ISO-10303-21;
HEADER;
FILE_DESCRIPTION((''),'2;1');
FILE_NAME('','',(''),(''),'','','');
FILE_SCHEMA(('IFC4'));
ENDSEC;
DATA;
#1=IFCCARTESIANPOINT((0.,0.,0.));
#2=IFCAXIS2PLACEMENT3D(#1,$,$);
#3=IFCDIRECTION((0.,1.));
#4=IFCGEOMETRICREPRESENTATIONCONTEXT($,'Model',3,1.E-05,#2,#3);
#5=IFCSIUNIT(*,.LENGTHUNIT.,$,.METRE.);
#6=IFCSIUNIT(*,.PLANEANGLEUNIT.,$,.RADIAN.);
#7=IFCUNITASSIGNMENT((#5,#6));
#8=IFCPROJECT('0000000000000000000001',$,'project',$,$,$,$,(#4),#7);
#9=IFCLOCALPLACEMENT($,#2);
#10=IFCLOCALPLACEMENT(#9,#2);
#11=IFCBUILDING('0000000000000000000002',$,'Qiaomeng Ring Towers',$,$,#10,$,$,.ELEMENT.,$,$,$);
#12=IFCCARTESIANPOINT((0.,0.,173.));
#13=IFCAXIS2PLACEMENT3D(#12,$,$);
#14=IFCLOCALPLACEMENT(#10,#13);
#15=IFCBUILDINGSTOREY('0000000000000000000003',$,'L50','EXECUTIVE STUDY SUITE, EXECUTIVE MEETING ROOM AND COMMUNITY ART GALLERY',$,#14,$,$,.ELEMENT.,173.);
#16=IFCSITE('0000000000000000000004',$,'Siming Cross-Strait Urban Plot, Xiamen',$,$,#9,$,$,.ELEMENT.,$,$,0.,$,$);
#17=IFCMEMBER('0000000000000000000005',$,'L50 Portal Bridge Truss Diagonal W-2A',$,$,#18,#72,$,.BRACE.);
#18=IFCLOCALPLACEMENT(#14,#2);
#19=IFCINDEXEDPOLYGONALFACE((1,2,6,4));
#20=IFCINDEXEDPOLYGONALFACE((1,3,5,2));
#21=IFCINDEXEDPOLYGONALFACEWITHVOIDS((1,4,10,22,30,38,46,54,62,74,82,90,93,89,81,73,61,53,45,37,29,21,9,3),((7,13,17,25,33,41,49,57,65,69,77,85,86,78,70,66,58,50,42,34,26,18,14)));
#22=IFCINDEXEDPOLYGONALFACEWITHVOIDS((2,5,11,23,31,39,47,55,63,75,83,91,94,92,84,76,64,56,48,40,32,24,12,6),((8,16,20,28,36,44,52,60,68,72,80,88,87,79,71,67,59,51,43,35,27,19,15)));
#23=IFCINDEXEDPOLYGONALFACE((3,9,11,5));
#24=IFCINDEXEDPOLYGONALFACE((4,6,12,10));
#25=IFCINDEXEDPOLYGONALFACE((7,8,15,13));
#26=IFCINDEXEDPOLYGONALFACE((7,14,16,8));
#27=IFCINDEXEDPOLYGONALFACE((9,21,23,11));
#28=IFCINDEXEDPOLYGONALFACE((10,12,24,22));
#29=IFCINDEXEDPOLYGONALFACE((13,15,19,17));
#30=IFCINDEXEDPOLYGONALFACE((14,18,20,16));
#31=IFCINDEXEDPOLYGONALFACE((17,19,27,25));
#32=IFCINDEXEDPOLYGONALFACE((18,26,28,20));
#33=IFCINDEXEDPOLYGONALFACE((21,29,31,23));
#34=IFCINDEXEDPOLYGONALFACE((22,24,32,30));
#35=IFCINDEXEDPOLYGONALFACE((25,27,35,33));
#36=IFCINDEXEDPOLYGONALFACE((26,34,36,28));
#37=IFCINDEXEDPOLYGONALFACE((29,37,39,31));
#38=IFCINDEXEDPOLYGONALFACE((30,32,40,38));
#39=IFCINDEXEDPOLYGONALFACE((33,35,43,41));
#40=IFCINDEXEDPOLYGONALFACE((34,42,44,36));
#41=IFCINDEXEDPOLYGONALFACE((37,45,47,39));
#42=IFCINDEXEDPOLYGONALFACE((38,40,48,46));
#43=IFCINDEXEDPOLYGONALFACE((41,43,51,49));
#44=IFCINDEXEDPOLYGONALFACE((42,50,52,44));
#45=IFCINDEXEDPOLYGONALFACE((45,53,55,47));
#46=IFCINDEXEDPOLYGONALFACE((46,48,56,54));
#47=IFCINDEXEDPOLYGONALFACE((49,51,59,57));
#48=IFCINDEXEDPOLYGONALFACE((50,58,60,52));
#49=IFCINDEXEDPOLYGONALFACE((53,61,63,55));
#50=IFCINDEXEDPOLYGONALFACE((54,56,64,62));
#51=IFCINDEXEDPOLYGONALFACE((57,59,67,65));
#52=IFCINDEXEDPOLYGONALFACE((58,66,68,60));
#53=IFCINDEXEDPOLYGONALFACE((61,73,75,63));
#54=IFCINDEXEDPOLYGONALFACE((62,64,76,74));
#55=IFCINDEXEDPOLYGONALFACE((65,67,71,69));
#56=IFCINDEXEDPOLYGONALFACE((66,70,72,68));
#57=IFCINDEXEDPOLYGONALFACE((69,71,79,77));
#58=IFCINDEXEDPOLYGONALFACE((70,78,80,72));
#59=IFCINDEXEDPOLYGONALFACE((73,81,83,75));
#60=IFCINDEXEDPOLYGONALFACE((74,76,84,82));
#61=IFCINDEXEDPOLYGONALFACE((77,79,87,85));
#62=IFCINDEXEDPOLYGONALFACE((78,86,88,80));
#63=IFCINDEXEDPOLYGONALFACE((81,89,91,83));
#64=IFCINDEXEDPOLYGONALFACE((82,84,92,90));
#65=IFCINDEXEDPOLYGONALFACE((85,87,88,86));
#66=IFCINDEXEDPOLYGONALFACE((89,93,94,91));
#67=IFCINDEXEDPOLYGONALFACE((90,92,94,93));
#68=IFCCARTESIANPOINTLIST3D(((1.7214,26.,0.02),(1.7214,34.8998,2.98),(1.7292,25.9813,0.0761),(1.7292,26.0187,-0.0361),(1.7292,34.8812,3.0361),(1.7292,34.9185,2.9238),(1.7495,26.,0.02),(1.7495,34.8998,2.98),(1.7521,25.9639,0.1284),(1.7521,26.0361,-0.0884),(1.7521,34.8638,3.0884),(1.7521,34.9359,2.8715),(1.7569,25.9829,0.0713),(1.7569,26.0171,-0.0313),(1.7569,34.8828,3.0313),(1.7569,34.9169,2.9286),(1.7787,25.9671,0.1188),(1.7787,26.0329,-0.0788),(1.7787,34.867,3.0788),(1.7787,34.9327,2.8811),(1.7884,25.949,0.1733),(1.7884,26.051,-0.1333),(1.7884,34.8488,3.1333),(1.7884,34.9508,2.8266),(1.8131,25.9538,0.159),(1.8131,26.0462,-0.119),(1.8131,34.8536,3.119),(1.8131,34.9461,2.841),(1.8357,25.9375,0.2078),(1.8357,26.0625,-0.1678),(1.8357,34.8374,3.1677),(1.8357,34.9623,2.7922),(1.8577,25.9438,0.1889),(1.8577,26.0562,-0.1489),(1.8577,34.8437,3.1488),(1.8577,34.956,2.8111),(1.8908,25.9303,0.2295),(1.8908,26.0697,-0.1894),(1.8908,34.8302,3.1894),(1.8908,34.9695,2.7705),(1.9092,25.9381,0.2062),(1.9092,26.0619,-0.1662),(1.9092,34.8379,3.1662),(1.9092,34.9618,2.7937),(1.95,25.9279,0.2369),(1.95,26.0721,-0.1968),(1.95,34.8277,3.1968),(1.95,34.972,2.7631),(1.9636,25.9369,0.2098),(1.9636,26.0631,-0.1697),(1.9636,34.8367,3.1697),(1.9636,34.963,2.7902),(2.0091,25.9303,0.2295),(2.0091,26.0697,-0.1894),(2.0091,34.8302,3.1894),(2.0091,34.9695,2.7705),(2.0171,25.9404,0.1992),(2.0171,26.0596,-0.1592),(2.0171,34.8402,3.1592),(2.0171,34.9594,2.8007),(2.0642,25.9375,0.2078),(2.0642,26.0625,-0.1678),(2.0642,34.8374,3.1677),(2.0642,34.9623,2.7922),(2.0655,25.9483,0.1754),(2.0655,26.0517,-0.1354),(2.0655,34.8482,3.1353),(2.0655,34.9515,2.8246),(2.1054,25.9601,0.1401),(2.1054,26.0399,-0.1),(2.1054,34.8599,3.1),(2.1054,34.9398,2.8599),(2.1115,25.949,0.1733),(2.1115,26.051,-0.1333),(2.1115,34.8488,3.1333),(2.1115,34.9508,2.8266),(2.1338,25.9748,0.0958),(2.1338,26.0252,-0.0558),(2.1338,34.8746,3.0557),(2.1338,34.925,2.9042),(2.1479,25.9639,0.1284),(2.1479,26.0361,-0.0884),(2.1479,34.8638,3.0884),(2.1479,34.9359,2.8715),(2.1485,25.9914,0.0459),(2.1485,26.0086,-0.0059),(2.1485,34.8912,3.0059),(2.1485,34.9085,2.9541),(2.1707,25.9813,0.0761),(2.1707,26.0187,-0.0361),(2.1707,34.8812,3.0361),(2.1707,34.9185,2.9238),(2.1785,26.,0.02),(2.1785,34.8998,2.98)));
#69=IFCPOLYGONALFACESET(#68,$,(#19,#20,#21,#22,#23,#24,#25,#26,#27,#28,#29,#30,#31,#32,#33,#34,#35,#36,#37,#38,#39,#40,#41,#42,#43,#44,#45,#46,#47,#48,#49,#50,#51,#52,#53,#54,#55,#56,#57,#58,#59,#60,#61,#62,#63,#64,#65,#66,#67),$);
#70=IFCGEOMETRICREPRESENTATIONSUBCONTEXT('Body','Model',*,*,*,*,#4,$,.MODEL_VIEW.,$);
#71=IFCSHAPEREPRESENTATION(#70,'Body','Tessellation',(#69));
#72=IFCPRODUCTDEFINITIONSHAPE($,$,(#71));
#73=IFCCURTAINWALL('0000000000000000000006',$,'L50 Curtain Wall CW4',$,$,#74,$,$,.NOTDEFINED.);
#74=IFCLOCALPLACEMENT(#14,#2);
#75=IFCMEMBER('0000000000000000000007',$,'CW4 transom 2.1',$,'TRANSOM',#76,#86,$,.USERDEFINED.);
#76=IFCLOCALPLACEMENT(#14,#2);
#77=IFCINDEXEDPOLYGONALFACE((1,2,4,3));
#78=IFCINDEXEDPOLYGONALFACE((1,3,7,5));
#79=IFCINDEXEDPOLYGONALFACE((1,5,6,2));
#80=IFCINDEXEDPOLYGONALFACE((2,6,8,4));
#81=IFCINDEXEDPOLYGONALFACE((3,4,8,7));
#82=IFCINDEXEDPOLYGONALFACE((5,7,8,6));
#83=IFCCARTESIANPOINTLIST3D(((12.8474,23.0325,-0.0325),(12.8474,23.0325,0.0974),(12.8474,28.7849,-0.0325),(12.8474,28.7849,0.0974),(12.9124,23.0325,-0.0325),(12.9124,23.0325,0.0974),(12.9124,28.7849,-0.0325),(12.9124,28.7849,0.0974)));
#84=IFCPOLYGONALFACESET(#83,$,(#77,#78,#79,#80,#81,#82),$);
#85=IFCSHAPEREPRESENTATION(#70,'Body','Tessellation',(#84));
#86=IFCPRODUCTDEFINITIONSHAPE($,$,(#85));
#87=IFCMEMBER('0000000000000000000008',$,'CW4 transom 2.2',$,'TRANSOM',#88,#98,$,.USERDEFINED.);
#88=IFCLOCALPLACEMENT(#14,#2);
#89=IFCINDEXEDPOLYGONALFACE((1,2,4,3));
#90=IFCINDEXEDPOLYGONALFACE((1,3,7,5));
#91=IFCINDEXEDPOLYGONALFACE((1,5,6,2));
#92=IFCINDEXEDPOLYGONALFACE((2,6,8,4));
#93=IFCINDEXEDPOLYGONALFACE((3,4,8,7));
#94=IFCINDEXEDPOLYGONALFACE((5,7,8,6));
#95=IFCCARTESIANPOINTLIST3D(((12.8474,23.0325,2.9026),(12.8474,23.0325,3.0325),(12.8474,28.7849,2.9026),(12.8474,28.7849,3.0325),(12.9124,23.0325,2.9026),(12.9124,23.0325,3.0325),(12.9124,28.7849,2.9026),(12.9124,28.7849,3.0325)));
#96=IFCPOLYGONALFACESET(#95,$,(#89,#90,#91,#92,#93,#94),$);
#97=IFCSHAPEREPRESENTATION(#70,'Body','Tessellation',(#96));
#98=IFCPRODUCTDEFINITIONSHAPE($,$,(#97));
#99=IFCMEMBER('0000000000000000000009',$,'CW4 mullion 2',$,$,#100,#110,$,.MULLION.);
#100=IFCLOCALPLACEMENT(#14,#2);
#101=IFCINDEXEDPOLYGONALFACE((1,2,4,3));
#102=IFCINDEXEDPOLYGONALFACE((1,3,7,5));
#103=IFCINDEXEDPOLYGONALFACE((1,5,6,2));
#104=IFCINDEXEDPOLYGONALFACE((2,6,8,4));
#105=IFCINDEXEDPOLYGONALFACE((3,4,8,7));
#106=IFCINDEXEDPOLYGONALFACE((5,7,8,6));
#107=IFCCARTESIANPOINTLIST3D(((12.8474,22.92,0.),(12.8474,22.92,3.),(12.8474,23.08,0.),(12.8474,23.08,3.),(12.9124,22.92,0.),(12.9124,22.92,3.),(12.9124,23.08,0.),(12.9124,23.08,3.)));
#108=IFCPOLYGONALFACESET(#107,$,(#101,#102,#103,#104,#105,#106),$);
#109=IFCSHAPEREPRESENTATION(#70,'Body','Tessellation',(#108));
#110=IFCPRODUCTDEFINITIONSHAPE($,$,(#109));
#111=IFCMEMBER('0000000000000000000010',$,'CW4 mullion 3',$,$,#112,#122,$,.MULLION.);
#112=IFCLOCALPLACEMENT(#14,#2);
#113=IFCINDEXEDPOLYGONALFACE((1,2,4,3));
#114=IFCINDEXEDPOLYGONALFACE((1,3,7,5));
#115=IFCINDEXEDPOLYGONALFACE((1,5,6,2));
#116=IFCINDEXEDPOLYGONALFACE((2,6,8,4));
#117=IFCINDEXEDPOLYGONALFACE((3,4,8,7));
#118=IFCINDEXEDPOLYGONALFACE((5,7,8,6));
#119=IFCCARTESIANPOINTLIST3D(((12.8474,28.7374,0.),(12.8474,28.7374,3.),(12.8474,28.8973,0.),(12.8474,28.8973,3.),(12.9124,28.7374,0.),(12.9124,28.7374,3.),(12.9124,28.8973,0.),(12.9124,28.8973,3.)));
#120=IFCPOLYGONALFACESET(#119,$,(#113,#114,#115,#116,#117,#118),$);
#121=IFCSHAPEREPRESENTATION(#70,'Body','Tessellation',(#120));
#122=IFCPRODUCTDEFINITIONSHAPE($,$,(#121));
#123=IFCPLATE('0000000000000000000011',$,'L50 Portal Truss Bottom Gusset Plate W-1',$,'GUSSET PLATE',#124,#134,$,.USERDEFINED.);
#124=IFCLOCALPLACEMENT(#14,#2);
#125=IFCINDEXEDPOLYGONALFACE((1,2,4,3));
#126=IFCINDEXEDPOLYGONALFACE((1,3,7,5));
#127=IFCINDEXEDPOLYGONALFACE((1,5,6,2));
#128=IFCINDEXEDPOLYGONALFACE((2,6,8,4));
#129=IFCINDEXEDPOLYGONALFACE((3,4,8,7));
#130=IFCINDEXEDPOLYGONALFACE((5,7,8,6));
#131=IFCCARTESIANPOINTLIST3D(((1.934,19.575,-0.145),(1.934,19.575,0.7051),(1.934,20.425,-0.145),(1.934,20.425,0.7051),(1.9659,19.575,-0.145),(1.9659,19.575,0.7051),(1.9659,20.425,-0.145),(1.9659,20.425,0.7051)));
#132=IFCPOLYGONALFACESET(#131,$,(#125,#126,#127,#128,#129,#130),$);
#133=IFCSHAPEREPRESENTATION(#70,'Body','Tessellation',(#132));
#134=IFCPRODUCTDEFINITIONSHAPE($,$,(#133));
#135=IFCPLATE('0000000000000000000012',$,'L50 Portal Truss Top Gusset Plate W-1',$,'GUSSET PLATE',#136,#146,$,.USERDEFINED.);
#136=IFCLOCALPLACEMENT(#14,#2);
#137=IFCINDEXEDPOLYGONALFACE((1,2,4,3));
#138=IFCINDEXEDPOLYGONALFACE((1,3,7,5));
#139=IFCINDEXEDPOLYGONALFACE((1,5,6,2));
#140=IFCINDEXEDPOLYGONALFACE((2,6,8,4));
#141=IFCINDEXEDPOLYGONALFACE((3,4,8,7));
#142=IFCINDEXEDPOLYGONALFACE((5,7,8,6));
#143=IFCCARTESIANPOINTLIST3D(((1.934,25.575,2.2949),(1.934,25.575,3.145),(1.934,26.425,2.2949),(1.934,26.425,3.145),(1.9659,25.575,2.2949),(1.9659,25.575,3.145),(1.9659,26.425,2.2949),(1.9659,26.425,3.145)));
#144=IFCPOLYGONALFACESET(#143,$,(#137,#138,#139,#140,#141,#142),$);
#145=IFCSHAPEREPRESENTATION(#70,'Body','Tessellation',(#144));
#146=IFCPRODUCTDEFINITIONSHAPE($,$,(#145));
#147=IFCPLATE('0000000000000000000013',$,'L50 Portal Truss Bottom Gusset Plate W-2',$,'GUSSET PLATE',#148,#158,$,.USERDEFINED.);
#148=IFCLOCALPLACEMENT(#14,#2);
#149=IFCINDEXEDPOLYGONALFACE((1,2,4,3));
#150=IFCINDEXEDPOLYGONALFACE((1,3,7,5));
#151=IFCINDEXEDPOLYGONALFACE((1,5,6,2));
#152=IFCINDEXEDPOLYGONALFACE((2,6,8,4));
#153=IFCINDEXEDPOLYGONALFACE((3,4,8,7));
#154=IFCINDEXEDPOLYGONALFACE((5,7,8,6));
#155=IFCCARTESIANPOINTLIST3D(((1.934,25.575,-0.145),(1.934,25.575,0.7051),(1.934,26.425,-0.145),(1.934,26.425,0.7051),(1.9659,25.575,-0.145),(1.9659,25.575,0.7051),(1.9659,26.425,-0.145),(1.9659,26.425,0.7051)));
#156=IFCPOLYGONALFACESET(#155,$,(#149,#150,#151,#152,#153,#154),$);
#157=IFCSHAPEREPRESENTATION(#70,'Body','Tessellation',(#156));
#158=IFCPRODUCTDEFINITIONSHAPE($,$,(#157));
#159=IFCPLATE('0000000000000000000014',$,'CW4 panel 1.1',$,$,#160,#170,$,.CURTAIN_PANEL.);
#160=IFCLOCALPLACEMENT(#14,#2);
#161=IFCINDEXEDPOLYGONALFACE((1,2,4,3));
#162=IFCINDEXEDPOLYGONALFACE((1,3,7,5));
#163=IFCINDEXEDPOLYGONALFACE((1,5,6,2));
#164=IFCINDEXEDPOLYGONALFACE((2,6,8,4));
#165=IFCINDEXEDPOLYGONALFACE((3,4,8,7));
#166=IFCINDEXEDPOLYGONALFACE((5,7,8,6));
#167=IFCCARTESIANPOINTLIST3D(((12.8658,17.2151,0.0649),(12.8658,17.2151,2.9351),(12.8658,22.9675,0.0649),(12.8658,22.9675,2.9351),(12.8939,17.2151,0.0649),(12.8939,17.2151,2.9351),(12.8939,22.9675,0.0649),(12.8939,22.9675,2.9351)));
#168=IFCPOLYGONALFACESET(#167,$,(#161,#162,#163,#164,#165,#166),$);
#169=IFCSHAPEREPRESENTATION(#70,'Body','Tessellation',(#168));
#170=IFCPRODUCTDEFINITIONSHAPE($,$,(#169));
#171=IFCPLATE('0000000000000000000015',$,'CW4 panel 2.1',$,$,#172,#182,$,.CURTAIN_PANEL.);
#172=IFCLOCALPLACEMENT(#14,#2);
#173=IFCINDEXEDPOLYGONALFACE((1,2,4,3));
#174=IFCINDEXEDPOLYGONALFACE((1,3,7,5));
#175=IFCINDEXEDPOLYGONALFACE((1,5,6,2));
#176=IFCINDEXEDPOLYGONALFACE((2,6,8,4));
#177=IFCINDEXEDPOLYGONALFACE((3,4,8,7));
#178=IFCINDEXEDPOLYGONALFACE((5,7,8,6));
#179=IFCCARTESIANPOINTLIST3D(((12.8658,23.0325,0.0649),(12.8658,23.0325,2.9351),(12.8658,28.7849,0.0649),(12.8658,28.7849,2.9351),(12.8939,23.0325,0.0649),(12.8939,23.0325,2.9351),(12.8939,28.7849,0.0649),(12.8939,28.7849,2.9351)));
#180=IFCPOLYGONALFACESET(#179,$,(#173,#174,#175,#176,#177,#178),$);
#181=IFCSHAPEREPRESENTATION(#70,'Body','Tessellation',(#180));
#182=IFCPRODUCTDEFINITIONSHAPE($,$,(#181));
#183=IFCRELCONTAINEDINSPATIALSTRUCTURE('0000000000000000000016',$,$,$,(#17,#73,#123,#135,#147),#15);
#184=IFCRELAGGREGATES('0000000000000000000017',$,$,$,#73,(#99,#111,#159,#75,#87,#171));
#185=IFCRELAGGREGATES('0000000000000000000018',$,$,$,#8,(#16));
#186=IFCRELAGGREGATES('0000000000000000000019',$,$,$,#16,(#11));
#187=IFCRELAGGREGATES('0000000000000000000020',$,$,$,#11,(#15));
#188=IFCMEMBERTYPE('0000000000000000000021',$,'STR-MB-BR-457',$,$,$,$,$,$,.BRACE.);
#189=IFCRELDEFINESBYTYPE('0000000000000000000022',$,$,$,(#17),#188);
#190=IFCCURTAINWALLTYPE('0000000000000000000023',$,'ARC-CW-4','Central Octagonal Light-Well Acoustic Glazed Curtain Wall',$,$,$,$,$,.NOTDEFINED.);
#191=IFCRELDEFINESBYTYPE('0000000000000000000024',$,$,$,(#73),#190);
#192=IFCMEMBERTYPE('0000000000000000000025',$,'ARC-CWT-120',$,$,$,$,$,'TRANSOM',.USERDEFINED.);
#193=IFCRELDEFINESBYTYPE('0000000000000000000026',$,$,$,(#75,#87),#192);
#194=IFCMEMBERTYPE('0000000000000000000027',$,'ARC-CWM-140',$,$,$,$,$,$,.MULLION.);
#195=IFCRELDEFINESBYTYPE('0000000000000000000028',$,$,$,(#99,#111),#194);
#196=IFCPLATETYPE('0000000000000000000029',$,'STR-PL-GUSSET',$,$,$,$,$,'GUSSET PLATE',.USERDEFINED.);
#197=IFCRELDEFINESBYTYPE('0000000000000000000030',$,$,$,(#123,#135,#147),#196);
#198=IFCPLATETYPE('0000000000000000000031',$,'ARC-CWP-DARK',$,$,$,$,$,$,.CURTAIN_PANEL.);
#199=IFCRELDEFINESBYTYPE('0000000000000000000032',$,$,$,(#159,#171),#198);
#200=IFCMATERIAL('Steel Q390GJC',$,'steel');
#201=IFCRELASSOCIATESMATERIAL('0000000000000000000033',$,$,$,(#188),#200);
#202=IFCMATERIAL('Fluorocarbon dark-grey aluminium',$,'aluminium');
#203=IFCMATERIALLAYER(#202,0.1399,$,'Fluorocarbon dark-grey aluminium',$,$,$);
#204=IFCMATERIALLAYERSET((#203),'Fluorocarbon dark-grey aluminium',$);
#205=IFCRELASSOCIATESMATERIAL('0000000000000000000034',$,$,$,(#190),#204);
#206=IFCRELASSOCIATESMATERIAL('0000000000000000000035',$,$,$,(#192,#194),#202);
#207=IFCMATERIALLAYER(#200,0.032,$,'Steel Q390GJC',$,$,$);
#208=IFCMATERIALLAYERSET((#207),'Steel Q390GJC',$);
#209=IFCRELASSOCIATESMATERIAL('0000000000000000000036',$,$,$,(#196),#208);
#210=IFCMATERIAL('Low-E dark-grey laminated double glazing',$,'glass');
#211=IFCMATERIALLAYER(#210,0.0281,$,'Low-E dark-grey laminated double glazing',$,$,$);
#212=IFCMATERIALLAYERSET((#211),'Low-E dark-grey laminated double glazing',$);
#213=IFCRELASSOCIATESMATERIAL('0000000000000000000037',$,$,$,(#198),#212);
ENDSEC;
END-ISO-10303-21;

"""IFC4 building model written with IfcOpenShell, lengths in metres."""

from ifc_helpers import new_model, si_unit, direction, frame, origin, origin_2d, place, context, subcontext, project, spatial, rectangle, hollow_circle, extrude, source, transform, mapped, material, layer, layer_set, material_profile, profile_set, type_object, element, aggregate, save


model = new_model("IFC4")

# Units and contexts
model_context = context("Model", 3, precision=1e-05, world=origin(), true_north=direction((0.0, 1.0)))
body_context = subcontext(model_context, "Body", "Model", "MODEL_VIEW")
ifc_project = project(units=[si_unit("LENGTHUNIT", "METRE"), si_unit("PLANEANGLEUNIT", "RADIAN")], contexts=[model_context])

# Site, building, storey
site_placement = place(None, origin())
site = spatial("IfcSite", under=ifc_project, at=site_placement, Name="Siming Cross-Strait Urban Plot, Xiamen", CompositionType="ELEMENT", RefElevation=0.0)
building_placement = place(site_placement, origin())
building = spatial("IfcBuilding", under=site, at=building_placement, Name="Qiaomeng Ring Towers", CompositionType="ELEMENT")
storey_placement = place(building_placement, frame((0.0, 0.0, 173.0)))
storey = spatial("IfcBuildingStorey", under=building, at=storey_placement, Name="L50", Description="EXECUTIVE STUDY SUITE, EXECUTIVE MEETING ROOM AND COMMUNITY ART GALLERY", CompositionType="ELEMENT", Elevation=173.0)

# Member
ifc_material_1 = material(Name="Steel Q390GJC", Category="steel")
ifc_material_profile_1 = material_profile(ifc_material_1, hollow_circle(Radius=0.2285, WallThickness=0.0281, at=origin_2d()), Name="CHS 457x28")
ifc_profile_set_1 = profile_set([ifc_material_profile_1], Name="Steel Q390GJC")
member_type_1 = type_object("IfcMemberType", Name="STR-MB-BR-457", PredefinedType="BRACE", material=ifc_profile_set_1)
shared_shape_1 = source(origin(), body_context, "Body", "SweptSolid", [
    extrude(hollow_circle(Radius=0.2285, WallThickness=0.0281, at=origin_2d()), origin(), (0.0, 0.0, 1.0), 9.3792),
])
member_1_placement = place(storey_placement, frame((1.95, 26.0, 0.02), z_axis=(0.0, 0.948897, 0.315587), x_axis=(-1.0, 0.0, 0.0)))
element("IfcMember", 1, at=member_1_placement, inside=storey, type_object=member_type_1, Name="L50 Portal Bridge Truss Diagonal W-2A", PredefinedType="BRACE", context=body_context, shape_type="MappedRepresentation", body=[
    mapped(shared_shape_1, transform((0.0, 0.0, 0.0), x_axis=(1.0, 0.0, 0.0), y_axis=(0.0, 1.0, 0.0), z_axis=(0.0, 0.0, 1.0), scale=1.0)),
])

# Curtain wall, members
ifc_material_2 = material(Name="Fluorocarbon dark-grey aluminium", Category="aluminium")
ifc_layer_1 = layer(ifc_material_2, 0.1399, Name="Fluorocarbon dark-grey aluminium")
ifc_layer_set_1 = layer_set([ifc_layer_1], Name="Fluorocarbon dark-grey aluminium")
curtain_wall_type = type_object("IfcCurtainWallType", Name="ARC-CW-4", Description="Central Octagonal Light-Well Acoustic Glazed Curtain Wall", PredefinedType="NOTDEFINED", material=ifc_layer_set_1)
curtain_wall_placement = place(storey_placement, origin())
curtain_wall = element("IfcCurtainWall", 2, at=curtain_wall_placement, inside=storey, type_object=curtain_wall_type, Name="L50 Curtain Wall CW4", PredefinedType="NOTDEFINED")
ifc_material_profile_2 = material_profile(ifc_material_2, rectangle(XDim=0.0649, YDim=0.1299, at=origin_2d()), Name="ALU TRAN 65x130")
ifc_profile_set_2 = profile_set([ifc_material_profile_2], Name="Fluorocarbon dark-grey aluminium")
member_type_2 = type_object("IfcMemberType", Name="ARC-CWT-120", ElementType="TRANSOM", PredefinedType="USERDEFINED", material=ifc_profile_set_2)
shared_shape_2 = source(origin(), body_context, "Body", "SweptSolid", [
    extrude(rectangle(XDim=0.0649, YDim=0.1299, at=origin_2d()), origin(), (0.0, 0.0, 1.0), 5.7524),
])
member_2_placement = place(storey_placement, frame((12.8799, 23.0325, 0.0325), z_axis=(0.0, 1.0, 0.0), x_axis=(-1.0, 0.0, 0.0)))
member_2 = element("IfcMember", 3, at=member_2_placement, type_object=member_type_2, Name="CW4 transom 2.1", ObjectType="TRANSOM", PredefinedType="USERDEFINED", context=body_context, shape_type="MappedRepresentation", body=[
    mapped(shared_shape_2, transform((0.0, 0.0, 0.0), x_axis=(1.0, 0.0, 0.0), y_axis=(0.0, 1.0, 0.0), z_axis=(0.0, 0.0, 1.0), scale=1.0)),
])
member_3_placement = place(storey_placement, frame((12.8799, 23.0325, 2.9675), z_axis=(0.0, 1.0, 0.0), x_axis=(-1.0, 0.0, 0.0)))
member_3 = element("IfcMember", 4, at=member_3_placement, type_object=member_type_2, Name="CW4 transom 2.2", ObjectType="TRANSOM", PredefinedType="USERDEFINED", context=body_context, shape_type="MappedRepresentation", body=[
    mapped(shared_shape_2, transform((0.0, 0.0, 0.0), x_axis=(1.0, 0.0, 0.0), y_axis=(0.0, 1.0, 0.0), z_axis=(0.0, 0.0, 1.0), scale=1.0)),
])
ifc_material_profile_3 = material_profile(ifc_material_2, rectangle(XDim=0.0649, YDim=0.1599, at=origin_2d()), Name="ALU MULL 65x160")
ifc_profile_set_3 = profile_set([ifc_material_profile_3], Name="Fluorocarbon dark-grey aluminium")
member_type_3 = type_object("IfcMemberType", Name="ARC-CWM-140", PredefinedType="MULLION", material=ifc_profile_set_3)
shared_shape_3 = source(origin(), body_context, "Body", "SweptSolid", [
    extrude(rectangle(XDim=0.0649, YDim=0.1599, at=origin_2d()), origin(), (0.0, 0.0, 1.0), 3.0),
])
member_4_placement = place(storey_placement, frame((12.8799, 23.0, 0.0), z_axis=(0.0, 0.0, 1.0), x_axis=(-1.0, 0.0, 0.0)))
member_4 = element("IfcMember", 5, at=member_4_placement, type_object=member_type_3, Name="CW4 mullion 2", PredefinedType="MULLION", context=body_context, shape_type="MappedRepresentation", body=[
    mapped(shared_shape_3, transform((0.0, 0.0, 0.0), x_axis=(1.0, 0.0, 0.0), y_axis=(0.0, 1.0, 0.0), z_axis=(0.0, 0.0, 1.0), scale=1.0)),
])
member_5_placement = place(storey_placement, frame((12.8799, 28.8174, 0.0), z_axis=(0.0, 0.0, 1.0), x_axis=(-1.0, 0.0, 0.0)))
member_5 = element("IfcMember", 6, at=member_5_placement, type_object=member_type_3, Name="CW4 mullion 3", PredefinedType="MULLION", context=body_context, shape_type="MappedRepresentation", body=[
    mapped(shared_shape_3, transform((0.0, 0.0, 0.0), x_axis=(1.0, 0.0, 0.0), y_axis=(0.0, 1.0, 0.0), z_axis=(0.0, 0.0, 1.0), scale=1.0)),
])

# Plates
ifc_layer_2 = layer(ifc_material_1, 0.032, Name="Steel Q390GJC")
ifc_layer_set_2 = layer_set([ifc_layer_2], Name="Steel Q390GJC")
plate_type_1 = type_object("IfcPlateType", Name="STR-PL-GUSSET", ElementType="GUSSET PLATE", PredefinedType="USERDEFINED", material=ifc_layer_set_2)
shared_shape_4 = source(origin(), body_context, "Body", "SweptSolid", [
    extrude(rectangle(XDim=0.032, YDim=0.8501, at=origin_2d()), origin(), (0.0, 0.0, 1.0), 0.8501),
])
for number, where, z_axis, x_axis, name in (
    (7, (1.95, 20.0, -0.145), (0.0, 0.0, 1.0), (1.0, 0.0, 0.0), "L50 Portal Truss Bottom Gusset Plate W-1"),
    (8, (1.95, 26.0, 2.2949), (0.0, 0.0, 1.0), (1.0, 0.0, 0.0), "L50 Portal Truss Top Gusset Plate W-1"),
    (9, (1.95, 26.0, -0.145), (0.0, 0.0, 1.0), (1.0, 0.0, 0.0), "L50 Portal Truss Bottom Gusset Plate W-2"),
):
    element("IfcPlate", number, at=place(storey_placement, frame(where, z_axis=z_axis, x_axis=x_axis)), inside=storey, type_object=plate_type_1, Name=name, ObjectType="GUSSET PLATE", PredefinedType="USERDEFINED", context=body_context, shape_type="MappedRepresentation", body=[
        mapped(shared_shape_4, transform((0.0, 0.0, 0.0), x_axis=(1.0, 0.0, 0.0), y_axis=(0.0, 1.0, 0.0), z_axis=(0.0, 0.0, 1.0), scale=1.0)),
    ])

# Plates
ifc_material_3 = material(Name="Low-E dark-grey laminated double glazing", Category="glass")
ifc_layer_3 = layer(ifc_material_3, 0.0281, Name="Low-E dark-grey laminated double glazing")
ifc_layer_set_3 = layer_set([ifc_layer_3], Name="Low-E dark-grey laminated double glazing")
plate_type_2 = type_object("IfcPlateType", Name="ARC-CWP-DARK", PredefinedType="CURTAIN_PANEL", material=ifc_layer_set_3)
shared_shape_5 = source(origin(), body_context, "Body", "SweptSolid", [
    extrude(rectangle(XDim=5.7524, YDim=0.0281, at=origin_2d()), origin(), (0.0, 0.0, 1.0), 2.8701),
])
plate_1_placement = place(storey_placement, frame((12.8799, 20.0913, 0.0649), z_axis=(0.0, 0.0, 1.0), x_axis=(0.0, 1.0, 0.0)))
plate_1 = element("IfcPlate", 10, at=plate_1_placement, type_object=plate_type_2, Name="CW4 panel 1.1", PredefinedType="CURTAIN_PANEL", context=body_context, shape_type="MappedRepresentation", body=[
    mapped(shared_shape_5, transform((0.0, 0.0, 0.0), x_axis=(1.0, 0.0, 0.0), y_axis=(0.0, 1.0, 0.0), z_axis=(0.0, 0.0, 1.0), scale=1.0)),
])
plate_2_placement = place(storey_placement, frame((12.8799, 25.9087, 0.0649), z_axis=(0.0, 0.0, 1.0), x_axis=(0.0, 1.0, 0.0)))
plate_2 = element("IfcPlate", 11, at=plate_2_placement, type_object=plate_type_2, Name="CW4 panel 2.1", PredefinedType="CURTAIN_PANEL", context=body_context, shape_type="MappedRepresentation", body=[
    mapped(shared_shape_5, transform((0.0, 0.0, 0.0), x_axis=(1.0, 0.0, 0.0), y_axis=(0.0, 1.0, 0.0), z_axis=(0.0, 0.0, 1.0), scale=1.0)),
])
aggregate(curtain_wall, [member_4, member_5, plate_1, member_2, member_3, plate_2])

save(model, "model.ifc")
